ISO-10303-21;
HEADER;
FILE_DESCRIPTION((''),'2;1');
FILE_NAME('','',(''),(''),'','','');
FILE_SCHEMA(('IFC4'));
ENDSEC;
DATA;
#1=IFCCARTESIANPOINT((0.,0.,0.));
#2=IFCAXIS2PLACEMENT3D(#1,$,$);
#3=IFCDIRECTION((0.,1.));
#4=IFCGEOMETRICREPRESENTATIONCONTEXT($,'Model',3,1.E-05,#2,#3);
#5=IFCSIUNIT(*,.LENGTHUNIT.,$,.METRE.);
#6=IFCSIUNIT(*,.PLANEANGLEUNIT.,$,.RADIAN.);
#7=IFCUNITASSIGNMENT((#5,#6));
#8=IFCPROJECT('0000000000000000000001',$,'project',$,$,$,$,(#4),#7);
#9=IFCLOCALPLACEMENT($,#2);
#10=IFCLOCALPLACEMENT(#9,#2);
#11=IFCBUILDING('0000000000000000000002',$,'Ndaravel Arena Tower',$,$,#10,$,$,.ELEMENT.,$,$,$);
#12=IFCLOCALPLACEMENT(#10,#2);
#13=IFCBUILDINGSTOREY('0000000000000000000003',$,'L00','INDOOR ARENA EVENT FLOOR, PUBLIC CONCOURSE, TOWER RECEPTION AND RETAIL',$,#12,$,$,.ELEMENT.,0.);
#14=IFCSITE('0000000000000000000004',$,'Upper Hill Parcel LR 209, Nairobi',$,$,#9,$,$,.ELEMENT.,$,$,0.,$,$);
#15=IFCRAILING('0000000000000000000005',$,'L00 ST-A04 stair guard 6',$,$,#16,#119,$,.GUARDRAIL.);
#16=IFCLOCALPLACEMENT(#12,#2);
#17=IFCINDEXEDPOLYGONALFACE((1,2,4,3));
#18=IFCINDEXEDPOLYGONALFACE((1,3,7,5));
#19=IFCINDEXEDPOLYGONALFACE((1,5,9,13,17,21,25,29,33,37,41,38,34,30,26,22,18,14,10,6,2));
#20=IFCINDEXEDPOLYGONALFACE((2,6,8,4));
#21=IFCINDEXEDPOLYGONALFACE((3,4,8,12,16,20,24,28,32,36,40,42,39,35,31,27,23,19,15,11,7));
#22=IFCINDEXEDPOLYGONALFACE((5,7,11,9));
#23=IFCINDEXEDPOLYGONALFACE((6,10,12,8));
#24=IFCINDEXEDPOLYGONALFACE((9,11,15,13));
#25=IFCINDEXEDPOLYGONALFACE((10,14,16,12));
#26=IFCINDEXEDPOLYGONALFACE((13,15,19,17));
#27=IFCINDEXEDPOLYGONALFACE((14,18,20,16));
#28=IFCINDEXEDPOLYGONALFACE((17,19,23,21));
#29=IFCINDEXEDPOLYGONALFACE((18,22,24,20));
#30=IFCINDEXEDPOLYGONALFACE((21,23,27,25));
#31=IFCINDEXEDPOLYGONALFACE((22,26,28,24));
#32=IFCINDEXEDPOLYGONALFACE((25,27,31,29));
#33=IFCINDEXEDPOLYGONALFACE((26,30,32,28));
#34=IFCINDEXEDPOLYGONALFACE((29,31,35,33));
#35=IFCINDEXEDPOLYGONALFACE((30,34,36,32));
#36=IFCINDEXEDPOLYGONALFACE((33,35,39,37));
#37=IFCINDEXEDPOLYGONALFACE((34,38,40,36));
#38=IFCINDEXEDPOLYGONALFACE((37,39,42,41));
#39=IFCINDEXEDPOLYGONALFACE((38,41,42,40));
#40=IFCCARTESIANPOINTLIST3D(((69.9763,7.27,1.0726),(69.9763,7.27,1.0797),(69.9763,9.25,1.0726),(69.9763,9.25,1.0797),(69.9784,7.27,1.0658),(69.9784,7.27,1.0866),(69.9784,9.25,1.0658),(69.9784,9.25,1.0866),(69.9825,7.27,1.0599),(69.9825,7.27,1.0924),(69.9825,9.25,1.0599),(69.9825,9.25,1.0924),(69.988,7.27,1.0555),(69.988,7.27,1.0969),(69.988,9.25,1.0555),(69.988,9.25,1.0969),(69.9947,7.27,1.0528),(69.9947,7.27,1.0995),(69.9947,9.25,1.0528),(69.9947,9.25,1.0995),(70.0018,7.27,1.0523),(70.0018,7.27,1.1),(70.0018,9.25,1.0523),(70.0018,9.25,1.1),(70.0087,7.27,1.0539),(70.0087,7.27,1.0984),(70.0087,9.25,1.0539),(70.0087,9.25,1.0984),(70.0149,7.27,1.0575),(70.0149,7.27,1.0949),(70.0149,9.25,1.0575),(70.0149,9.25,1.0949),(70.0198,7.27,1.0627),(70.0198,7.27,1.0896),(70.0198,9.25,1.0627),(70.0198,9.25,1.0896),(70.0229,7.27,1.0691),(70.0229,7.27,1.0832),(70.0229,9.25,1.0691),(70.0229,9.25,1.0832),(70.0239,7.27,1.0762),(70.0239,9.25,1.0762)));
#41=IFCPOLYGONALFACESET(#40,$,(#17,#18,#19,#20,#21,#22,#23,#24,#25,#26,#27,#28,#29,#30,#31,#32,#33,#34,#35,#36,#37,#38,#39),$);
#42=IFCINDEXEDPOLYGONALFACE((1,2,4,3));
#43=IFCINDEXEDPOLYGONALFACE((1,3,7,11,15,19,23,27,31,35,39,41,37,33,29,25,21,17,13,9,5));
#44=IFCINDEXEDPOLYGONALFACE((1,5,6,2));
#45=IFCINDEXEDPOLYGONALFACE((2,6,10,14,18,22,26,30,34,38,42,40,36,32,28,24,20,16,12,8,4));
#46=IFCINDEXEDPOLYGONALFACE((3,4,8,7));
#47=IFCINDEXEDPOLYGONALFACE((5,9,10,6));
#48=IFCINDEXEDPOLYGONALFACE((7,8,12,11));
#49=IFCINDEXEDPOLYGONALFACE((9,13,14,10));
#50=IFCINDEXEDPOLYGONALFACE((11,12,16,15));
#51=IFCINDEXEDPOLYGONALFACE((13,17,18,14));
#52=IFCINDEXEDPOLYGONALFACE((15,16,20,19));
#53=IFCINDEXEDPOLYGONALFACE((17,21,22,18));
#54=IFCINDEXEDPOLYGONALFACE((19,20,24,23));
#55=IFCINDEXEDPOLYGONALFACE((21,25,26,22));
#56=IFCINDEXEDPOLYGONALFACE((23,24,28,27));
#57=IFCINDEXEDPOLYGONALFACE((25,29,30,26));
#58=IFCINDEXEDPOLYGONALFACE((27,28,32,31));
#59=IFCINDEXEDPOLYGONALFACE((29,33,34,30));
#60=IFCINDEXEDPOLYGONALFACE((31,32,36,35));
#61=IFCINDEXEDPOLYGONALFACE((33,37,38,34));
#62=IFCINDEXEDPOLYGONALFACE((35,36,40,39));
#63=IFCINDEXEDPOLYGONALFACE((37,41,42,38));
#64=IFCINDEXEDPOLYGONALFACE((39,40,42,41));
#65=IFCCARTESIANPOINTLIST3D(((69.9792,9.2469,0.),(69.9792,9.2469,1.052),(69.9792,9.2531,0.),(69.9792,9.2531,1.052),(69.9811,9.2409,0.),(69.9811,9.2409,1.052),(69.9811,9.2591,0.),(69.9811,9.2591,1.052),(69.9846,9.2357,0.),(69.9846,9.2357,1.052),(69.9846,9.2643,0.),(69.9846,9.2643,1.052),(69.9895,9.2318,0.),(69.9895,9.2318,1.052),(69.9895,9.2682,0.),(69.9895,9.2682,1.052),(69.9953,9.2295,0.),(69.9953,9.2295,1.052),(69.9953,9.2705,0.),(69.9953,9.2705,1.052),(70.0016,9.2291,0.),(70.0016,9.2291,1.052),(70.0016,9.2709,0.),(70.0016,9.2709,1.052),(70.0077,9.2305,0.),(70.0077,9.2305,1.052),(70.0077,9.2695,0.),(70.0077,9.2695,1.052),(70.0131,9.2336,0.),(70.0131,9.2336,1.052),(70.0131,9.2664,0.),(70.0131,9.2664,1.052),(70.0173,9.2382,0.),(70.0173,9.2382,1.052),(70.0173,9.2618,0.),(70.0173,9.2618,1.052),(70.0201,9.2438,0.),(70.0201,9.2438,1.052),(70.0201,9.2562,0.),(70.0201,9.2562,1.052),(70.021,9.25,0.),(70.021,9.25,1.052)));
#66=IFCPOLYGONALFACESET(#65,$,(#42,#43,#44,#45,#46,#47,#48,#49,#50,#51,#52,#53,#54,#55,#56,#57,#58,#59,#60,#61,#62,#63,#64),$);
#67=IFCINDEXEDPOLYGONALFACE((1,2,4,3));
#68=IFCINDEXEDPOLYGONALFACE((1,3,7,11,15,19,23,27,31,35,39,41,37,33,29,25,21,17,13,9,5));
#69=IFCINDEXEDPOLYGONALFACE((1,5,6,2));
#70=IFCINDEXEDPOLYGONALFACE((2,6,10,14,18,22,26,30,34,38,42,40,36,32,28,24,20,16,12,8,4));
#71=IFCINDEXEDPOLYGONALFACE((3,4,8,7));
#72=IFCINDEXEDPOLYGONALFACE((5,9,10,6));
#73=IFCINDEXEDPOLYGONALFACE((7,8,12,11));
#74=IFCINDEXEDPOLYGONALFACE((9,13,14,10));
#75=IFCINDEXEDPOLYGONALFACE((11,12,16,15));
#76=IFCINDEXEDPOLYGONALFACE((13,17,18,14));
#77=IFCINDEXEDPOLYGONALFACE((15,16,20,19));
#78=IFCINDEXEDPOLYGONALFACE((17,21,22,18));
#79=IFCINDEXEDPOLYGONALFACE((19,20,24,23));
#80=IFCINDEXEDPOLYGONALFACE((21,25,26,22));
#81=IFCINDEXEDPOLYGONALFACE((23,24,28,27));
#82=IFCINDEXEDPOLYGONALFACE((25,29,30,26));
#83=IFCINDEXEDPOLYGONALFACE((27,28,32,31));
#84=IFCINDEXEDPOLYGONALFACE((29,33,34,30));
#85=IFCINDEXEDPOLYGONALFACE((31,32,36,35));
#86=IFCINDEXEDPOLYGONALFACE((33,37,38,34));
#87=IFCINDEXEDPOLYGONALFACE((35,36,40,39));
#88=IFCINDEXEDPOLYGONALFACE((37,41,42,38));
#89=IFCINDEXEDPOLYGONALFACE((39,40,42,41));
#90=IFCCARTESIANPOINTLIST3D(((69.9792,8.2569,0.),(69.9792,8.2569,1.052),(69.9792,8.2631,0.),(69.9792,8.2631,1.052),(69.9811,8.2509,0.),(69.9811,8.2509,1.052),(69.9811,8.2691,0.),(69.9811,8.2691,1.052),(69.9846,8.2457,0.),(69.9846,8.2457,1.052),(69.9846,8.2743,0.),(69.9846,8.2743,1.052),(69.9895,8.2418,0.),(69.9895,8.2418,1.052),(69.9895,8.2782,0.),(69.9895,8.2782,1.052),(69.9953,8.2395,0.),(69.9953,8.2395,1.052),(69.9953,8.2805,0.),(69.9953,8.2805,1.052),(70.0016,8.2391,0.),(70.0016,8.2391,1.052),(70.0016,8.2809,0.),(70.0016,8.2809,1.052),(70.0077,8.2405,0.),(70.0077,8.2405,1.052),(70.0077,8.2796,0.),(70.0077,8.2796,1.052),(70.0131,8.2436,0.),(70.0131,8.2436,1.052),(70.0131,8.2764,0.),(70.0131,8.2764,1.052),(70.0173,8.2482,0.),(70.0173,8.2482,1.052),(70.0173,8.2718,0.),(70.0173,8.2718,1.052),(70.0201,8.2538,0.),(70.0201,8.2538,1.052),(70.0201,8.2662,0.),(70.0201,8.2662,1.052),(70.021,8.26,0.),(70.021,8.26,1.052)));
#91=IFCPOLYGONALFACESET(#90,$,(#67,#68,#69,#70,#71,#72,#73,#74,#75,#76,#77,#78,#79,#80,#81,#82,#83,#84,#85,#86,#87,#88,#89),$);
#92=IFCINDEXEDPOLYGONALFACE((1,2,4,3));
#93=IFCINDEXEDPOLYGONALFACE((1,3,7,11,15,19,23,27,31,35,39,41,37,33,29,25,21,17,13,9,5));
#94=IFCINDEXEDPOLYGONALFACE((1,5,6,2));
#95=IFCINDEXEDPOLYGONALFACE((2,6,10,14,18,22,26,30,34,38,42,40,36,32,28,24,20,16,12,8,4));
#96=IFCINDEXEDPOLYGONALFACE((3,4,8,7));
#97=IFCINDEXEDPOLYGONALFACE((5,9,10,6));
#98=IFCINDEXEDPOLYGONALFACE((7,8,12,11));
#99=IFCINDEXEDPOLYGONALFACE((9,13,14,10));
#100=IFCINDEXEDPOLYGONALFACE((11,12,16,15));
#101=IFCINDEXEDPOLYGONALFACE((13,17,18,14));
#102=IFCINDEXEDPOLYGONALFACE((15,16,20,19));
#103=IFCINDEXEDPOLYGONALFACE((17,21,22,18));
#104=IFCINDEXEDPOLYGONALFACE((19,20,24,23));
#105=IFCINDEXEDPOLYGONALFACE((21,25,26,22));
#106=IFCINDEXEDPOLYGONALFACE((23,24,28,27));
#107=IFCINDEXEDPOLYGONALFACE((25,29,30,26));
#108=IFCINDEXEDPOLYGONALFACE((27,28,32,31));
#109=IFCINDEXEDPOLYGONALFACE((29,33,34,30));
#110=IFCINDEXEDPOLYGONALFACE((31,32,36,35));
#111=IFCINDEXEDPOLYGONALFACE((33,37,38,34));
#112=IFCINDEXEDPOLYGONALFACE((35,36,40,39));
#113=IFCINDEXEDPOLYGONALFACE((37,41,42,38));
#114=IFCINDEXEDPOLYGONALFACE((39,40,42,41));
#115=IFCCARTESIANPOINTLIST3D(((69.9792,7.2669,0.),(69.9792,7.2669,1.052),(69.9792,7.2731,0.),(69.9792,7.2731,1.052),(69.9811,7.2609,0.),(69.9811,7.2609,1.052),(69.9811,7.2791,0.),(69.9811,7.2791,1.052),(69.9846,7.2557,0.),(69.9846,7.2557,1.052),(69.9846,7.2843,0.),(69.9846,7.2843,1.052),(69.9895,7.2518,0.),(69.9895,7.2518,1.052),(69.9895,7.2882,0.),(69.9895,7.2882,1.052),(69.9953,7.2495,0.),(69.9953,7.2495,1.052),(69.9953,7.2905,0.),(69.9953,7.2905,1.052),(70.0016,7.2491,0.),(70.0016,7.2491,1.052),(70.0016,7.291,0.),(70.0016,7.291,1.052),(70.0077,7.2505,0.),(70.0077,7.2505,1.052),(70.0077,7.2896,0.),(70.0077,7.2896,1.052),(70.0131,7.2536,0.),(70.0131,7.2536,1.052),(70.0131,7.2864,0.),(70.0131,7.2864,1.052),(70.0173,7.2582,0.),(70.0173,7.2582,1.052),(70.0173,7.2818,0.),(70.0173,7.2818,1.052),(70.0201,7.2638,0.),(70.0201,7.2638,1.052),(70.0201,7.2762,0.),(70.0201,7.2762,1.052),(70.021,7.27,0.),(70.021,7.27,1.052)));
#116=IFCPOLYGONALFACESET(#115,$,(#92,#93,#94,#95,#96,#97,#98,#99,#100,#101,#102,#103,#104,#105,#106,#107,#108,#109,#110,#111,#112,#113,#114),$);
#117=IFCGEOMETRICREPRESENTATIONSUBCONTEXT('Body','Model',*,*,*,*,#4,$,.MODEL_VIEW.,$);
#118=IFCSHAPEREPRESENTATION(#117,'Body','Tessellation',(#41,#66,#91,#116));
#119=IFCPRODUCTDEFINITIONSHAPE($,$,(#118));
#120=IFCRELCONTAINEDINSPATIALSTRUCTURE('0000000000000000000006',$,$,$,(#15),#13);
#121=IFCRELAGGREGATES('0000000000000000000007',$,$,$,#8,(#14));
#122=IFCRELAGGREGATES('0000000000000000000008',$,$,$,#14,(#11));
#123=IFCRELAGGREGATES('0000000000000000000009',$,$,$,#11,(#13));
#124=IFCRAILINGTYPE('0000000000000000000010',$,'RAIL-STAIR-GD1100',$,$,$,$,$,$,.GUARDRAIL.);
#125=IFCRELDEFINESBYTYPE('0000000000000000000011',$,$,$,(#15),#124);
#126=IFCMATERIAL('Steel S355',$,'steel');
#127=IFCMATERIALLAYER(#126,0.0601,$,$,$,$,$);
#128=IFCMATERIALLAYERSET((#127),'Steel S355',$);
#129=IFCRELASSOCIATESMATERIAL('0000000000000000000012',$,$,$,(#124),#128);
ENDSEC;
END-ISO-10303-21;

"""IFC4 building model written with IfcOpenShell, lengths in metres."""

from ifc_helpers import new_model, si_unit, direction, frame, origin, origin_2d, place, context, subcontext, project, spatial, circle, extrude, material, layer, layer_set, type_object, element, save


model = new_model("IFC4")

# Units and contexts
model_context = context("Model", 3, precision=1e-05, world=origin(), true_north=direction((0.0, 1.0)))
body_context = subcontext(model_context, "Body", "Model", "MODEL_VIEW")
ifc_project = project(units=[si_unit("LENGTHUNIT", "METRE"), si_unit("PLANEANGLEUNIT", "RADIAN")], contexts=[model_context])

# Site, building, storey
site_placement = place(None, origin())
site = spatial("IfcSite", under=ifc_project, at=site_placement, Name="Upper Hill Parcel LR 209, Nairobi", CompositionType="ELEMENT", RefElevation=0.0)
building_placement = place(site_placement, origin())
building = spatial("IfcBuilding", under=site, at=building_placement, Name="Ndaravel Arena Tower", CompositionType="ELEMENT")
storey_placement = place(building_placement, origin())
storey = spatial("IfcBuildingStorey", under=building, at=storey_placement, Name="L00", Description="INDOOR ARENA EVENT FLOOR, PUBLIC CONCOURSE, TOWER RECEPTION AND RETAIL", CompositionType="ELEMENT", Elevation=0.0)

# Railing
ifc_material_1 = material(Name="Steel S355", Category="steel")
ifc_layer_1 = layer(ifc_material_1, 0.0601)
ifc_layer_set_1 = layer_set([ifc_layer_1], Name="Steel S355")
railing_type_1 = type_object("IfcRailingType", Name="RAIL-STAIR-GD1100", PredefinedType="GUARDRAIL", material=ifc_layer_set_1)
for number, where, name in (
    (1, (70.0, 9.25, 0.0), "L00 ST-A04 stair guard 6"),
):
    element("IfcRailing", number, at=place(storey_placement, frame(where)), inside=storey, type_object=railing_type_1, Name=name, PredefinedType="GUARDRAIL", context=body_context, shape_type="SweptSolid", body=[
        extrude(circle(Radius=0.0239, at=origin_2d()), frame((0.0, 0.0, 1.0762), z_axis=(0.0, -1.0, 0.0), x_axis=(1.0, 0.0, 0.0)), (0.0, 0.0, 1.0), 1.98),
        extrude(circle(Radius=0.021, at=origin_2d()), origin(), (0.0, 0.0, 1.0), 1.052),
        extrude(circle(Radius=0.021, at=origin_2d()), frame((0.0, -0.99, 0.0)), (0.0, 0.0, 1.0), 1.052),
        extrude(circle(Radius=0.021, at=origin_2d()), frame((0.0, -1.98, 0.0)), (0.0, 0.0, 1.0), 1.052),
    ])

save(model, "model.ifc")
